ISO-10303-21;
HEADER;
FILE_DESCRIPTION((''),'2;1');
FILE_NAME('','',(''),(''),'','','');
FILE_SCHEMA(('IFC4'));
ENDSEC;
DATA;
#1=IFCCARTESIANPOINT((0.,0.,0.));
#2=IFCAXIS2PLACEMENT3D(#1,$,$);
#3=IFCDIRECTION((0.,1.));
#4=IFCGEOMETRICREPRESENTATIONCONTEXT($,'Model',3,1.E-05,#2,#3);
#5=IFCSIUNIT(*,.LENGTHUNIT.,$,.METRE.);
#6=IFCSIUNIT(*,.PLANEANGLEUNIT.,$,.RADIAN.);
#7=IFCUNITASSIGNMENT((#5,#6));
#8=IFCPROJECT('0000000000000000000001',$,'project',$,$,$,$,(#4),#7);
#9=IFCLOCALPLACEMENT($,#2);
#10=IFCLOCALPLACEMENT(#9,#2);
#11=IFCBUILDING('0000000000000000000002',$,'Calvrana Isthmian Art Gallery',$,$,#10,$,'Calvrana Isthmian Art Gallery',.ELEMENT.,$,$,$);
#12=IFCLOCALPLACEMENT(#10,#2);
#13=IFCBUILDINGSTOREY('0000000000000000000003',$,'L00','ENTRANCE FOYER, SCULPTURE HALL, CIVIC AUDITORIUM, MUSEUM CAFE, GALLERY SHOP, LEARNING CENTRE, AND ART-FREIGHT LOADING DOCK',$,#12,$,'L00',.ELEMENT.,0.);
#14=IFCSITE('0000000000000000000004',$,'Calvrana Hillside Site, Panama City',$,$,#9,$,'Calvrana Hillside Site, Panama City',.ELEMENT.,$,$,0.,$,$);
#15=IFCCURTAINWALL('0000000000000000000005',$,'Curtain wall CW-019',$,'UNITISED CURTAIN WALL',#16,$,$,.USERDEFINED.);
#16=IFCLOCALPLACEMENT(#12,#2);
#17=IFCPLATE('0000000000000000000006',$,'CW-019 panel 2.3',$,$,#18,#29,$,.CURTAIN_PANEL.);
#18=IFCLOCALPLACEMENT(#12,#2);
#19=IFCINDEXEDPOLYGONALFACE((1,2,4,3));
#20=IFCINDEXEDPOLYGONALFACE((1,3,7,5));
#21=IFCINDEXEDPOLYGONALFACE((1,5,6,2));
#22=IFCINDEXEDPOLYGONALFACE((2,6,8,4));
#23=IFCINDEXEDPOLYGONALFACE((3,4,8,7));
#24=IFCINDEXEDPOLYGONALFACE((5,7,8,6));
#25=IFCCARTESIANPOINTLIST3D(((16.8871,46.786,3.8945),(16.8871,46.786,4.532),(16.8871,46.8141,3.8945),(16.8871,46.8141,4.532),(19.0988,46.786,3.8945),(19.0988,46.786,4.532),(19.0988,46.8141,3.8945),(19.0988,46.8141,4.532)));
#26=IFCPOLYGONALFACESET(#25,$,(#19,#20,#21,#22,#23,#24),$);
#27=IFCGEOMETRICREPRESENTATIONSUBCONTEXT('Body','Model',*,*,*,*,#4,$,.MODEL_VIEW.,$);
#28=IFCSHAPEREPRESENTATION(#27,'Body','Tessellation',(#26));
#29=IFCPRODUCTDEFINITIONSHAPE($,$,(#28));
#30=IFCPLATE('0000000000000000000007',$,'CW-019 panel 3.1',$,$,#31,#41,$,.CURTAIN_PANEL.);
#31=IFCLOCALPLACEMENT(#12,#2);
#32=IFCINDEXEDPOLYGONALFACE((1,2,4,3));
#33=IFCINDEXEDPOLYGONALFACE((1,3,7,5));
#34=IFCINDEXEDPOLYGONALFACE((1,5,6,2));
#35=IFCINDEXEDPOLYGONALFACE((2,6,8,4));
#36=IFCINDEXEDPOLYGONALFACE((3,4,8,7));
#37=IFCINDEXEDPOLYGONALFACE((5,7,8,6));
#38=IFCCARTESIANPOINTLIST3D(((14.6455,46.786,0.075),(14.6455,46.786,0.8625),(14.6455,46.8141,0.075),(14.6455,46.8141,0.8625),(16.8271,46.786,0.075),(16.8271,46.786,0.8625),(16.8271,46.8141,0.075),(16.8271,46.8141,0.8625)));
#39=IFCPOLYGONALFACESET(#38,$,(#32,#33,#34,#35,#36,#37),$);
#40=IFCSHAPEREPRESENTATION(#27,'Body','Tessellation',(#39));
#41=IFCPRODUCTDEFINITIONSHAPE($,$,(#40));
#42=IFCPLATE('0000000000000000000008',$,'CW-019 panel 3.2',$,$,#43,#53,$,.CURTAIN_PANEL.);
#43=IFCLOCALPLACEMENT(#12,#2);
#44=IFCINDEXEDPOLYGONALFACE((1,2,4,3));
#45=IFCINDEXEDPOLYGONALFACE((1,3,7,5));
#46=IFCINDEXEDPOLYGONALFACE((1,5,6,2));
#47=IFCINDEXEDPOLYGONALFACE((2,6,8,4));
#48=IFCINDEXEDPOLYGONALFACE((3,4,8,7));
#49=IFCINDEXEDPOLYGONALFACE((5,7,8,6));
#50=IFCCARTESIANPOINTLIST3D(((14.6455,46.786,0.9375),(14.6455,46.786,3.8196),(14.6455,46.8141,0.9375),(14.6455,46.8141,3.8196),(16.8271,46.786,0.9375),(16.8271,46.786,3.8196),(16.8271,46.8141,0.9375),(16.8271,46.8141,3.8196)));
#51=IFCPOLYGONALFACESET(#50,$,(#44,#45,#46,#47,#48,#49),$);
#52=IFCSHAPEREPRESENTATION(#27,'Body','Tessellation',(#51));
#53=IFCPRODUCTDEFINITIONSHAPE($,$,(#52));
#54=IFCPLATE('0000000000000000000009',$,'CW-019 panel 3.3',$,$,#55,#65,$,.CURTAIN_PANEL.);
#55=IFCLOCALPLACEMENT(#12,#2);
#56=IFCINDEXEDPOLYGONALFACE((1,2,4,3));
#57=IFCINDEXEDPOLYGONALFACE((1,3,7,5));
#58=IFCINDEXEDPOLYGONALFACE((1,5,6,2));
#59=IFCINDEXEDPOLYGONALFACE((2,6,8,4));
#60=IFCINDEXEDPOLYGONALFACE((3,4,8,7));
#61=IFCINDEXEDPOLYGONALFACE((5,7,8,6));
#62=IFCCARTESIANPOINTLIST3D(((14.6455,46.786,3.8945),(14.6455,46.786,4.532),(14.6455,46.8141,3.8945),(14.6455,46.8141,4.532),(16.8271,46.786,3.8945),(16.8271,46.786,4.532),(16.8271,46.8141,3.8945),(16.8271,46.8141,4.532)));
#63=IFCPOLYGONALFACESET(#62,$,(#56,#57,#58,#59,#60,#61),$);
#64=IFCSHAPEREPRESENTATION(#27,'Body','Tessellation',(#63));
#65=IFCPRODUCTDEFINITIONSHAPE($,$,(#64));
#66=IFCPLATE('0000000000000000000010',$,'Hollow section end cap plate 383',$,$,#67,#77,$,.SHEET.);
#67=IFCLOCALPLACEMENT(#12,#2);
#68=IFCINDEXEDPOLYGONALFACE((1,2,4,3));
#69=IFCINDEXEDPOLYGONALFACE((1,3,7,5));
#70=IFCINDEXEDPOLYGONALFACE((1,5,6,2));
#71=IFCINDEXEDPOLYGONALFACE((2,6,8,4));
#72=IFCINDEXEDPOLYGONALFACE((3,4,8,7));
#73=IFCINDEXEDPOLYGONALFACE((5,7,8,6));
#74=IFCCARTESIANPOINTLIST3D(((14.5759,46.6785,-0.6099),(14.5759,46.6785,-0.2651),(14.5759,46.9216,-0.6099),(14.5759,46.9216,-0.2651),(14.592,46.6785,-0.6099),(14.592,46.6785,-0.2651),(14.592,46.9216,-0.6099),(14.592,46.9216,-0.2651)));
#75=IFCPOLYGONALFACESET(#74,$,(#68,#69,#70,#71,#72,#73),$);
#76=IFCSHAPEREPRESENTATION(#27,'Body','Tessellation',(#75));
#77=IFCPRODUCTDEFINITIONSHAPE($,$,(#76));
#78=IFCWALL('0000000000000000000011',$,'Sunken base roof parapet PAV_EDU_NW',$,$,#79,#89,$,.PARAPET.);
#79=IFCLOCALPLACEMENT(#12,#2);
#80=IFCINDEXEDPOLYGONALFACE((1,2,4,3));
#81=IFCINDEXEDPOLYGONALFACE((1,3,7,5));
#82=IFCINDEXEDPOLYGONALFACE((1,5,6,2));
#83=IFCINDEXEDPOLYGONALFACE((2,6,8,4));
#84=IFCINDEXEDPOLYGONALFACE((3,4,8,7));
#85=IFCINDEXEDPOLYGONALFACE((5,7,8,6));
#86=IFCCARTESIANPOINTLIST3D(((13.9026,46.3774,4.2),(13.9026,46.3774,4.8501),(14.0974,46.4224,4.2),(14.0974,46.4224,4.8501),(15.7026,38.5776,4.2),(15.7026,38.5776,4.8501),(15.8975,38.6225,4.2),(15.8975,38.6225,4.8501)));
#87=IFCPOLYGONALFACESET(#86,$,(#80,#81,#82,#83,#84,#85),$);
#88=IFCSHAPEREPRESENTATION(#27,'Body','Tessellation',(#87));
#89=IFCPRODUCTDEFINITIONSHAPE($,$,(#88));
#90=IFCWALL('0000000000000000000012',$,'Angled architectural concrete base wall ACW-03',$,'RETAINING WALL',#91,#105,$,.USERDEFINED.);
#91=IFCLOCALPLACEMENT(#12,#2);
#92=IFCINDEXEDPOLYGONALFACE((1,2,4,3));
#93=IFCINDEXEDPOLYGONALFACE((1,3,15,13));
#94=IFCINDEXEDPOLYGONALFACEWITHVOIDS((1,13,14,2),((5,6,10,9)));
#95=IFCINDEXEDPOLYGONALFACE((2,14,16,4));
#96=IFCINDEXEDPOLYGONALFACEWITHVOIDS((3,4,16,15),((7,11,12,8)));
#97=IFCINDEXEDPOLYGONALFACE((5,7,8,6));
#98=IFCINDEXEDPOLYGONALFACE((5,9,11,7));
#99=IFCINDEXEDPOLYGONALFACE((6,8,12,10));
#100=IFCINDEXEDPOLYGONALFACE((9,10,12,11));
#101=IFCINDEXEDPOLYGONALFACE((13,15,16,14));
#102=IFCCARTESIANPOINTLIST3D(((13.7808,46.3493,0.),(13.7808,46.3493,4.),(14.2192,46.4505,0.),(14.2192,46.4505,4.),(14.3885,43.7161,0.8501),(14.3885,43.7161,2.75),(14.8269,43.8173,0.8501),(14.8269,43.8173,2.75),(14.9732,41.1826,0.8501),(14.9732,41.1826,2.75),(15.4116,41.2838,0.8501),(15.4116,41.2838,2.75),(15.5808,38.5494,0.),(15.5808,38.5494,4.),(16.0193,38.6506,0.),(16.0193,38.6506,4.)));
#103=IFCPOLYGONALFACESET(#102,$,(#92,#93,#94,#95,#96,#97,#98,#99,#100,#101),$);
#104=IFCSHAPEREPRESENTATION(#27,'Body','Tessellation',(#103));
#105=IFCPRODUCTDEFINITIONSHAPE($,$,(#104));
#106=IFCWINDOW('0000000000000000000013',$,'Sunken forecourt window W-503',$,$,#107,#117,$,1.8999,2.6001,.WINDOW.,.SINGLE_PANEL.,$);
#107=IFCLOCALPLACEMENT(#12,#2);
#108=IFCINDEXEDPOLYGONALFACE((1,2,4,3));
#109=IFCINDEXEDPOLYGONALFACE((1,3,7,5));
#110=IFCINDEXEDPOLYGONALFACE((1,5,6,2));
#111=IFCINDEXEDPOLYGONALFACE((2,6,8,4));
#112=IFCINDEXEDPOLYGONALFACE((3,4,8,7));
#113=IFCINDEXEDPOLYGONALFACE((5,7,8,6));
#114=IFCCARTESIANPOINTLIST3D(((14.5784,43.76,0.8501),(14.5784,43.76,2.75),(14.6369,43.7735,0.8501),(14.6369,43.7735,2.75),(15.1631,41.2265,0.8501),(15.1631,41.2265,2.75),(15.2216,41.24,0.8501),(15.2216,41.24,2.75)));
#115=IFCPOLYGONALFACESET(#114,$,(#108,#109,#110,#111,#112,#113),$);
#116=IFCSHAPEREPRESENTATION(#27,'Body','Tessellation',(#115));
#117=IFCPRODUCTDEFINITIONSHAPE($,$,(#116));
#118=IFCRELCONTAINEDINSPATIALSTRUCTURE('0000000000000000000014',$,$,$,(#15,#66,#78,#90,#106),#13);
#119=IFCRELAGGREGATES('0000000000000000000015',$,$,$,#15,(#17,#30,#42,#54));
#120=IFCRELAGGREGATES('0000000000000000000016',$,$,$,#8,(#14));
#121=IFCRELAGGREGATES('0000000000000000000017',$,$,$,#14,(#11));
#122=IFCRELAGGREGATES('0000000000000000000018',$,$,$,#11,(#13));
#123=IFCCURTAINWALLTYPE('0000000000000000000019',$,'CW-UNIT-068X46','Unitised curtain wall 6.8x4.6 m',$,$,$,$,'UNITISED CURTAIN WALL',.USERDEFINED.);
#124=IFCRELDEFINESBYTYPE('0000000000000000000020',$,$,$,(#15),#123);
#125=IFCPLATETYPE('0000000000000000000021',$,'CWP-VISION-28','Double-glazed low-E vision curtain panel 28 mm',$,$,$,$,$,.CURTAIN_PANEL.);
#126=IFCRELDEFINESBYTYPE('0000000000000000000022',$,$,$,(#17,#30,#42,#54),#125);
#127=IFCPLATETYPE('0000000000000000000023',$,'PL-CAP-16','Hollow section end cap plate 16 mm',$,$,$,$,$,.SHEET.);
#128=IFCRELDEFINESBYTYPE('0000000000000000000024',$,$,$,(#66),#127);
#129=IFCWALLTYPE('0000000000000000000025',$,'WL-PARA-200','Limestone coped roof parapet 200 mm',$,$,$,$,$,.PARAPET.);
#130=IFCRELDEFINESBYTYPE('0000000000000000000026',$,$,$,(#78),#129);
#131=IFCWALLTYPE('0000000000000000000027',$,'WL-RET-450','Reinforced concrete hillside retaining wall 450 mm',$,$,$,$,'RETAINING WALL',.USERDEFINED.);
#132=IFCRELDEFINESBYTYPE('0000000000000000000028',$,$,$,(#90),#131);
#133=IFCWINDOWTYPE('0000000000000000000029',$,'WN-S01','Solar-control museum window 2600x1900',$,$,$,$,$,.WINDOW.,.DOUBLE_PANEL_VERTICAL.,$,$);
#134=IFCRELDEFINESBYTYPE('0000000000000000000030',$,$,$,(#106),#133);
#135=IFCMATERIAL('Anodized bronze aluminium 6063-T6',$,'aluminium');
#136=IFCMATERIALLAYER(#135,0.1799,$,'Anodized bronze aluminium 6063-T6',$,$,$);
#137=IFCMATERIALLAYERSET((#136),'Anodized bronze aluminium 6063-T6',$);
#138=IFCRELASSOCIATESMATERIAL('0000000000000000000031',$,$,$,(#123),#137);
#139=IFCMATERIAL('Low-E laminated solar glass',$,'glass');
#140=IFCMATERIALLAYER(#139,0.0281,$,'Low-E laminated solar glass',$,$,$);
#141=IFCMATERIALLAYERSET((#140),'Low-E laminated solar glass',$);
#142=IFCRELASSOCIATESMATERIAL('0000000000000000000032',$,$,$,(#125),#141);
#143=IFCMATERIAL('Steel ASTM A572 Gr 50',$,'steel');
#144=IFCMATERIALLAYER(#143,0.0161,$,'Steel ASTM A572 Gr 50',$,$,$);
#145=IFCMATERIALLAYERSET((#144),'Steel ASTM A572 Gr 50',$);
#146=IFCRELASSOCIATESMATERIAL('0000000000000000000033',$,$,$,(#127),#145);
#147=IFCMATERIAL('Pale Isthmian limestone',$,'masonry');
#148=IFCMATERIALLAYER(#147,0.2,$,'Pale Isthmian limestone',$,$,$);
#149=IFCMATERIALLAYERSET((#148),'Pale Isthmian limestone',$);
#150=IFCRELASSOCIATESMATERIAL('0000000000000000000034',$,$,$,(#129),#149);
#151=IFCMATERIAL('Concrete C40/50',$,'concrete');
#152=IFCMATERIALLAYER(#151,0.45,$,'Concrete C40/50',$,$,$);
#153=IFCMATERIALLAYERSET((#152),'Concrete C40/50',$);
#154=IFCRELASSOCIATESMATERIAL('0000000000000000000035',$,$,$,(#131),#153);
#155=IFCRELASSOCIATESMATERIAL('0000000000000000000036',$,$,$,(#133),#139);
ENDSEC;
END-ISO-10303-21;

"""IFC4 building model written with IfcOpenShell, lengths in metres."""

from ifc_helpers import new_model, si_unit, direction, frame, frame_2d, origin, origin_2d, place, context, subcontext, project, spatial, rectangle, extrude, material, layer, layer_set, type_object, element, fill, aggregate, save


model = new_model("IFC4")

# Units and contexts
model_context = context("Model", 3, precision=1e-05, world=origin(), true_north=direction((0.0, 1.0)))
body_context = subcontext(model_context, "Body", "Model", "MODEL_VIEW")
ifc_project = project(units=[si_unit("LENGTHUNIT", "METRE"), si_unit("PLANEANGLEUNIT", "RADIAN")], contexts=[model_context])

# Site, building, storey
site_placement = place(None, origin())
site = spatial("IfcSite", under=ifc_project, at=site_placement, Name="Calvrana Hillside Site, Panama City", LongName="Calvrana Hillside Site, Panama City", CompositionType="ELEMENT", RefElevation=0.0)
building_placement = place(site_placement, origin())
building = spatial("IfcBuilding", under=site, at=building_placement, Name="Calvrana Isthmian Art Gallery", LongName="Calvrana Isthmian Art Gallery", CompositionType="ELEMENT")
storey_placement = place(building_placement, origin())
storey = spatial("IfcBuildingStorey", under=building, at=storey_placement, Name="L00", Description="ENTRANCE FOYER, SCULPTURE HALL, CIVIC AUDITORIUM, MUSEUM CAFE, GALLERY SHOP, LEARNING CENTRE, AND ART-FREIGHT LOADING DOCK", LongName="L00", CompositionType="ELEMENT", Elevation=0.0)

# Shared definitions
ifc_material_1 = material(Name="Anodized bronze aluminium 6063-T6", Category="aluminium")

# Curtain wall
ifc_layer_1 = layer(ifc_material_1, 0.1799, Name="Anodized bronze aluminium 6063-T6")
ifc_layer_set_1 = layer_set([ifc_layer_1], Name="Anodized bronze aluminium 6063-T6")
curtain_wall_type_1 = type_object("IfcCurtainWallType", Name="CW-UNIT-068X46", Description="Unitised curtain wall 6.8x4.6 m", ElementType="UNITISED CURTAIN WALL", PredefinedType="USERDEFINED", material=ifc_layer_set_1)
curtain_wall_1_placement = place(storey_placement, origin())
curtain_wall_1 = element("IfcCurtainWall", 1, at=curtain_wall_1_placement, inside=storey, type_object=curtain_wall_type_1, Name="Curtain wall CW-019", ObjectType="UNITISED CURTAIN WALL", PredefinedType="USERDEFINED")

# Plates
ifc_material_2 = material(Name="Low-E laminated solar glass", Category="glass")
ifc_layer_2 = layer(ifc_material_2, 0.0281, Name="Low-E laminated solar glass")
ifc_layer_set_2 = layer_set([ifc_layer_2], Name="Low-E laminated solar glass")
plate_type_1 = type_object("IfcPlateType", Name="CWP-VISION-28", Description="Double-glazed low-E vision curtain panel 28 mm", PredefinedType="CURTAIN_PANEL", material=ifc_layer_set_2)
plate_1_placement = place(storey_placement, frame((17.9929, 46.8, 3.8945), z_axis=(0.0, 0.0, 1.0), x_axis=(-1.0, 0.0, 0.0)))
plate_1 = element("IfcPlate", 2, at=plate_1_placement, type_object=plate_type_1, Name="CW-019 panel 2.3", PredefinedType="CURTAIN_PANEL", context=body_context, shape_type="SweptSolid", body=[
    extrude(rectangle(XDim=2.2117, YDim=0.0281, at=origin_2d()), origin(), (0.0, 0.0, 1.0), 0.6375),
])
plate_2_placement = place(storey_placement, frame((15.7363, 46.8, 0.075), z_axis=(0.0, 0.0, 1.0), x_axis=(-1.0, 0.0, 0.0)))
plate_2 = element("IfcPlate", 3, at=plate_2_placement, type_object=plate_type_1, Name="CW-019 panel 3.1", PredefinedType="CURTAIN_PANEL", context=body_context, shape_type="SweptSolid", body=[
    extrude(rectangle(XDim=2.1816, YDim=0.0281, at=origin_2d()), origin(), (0.0, 0.0, 1.0), 0.7876),
])
plate_3_placement = place(storey_placement, frame((15.7363, 46.8, 0.9375), z_axis=(0.0, 0.0, 1.0), x_axis=(-1.0, 0.0, 0.0)))
plate_3 = element("IfcPlate", 4, at=plate_3_placement, type_object=plate_type_1, Name="CW-019 panel 3.2", PredefinedType="CURTAIN_PANEL", context=body_context, shape_type="SweptSolid", body=[
    extrude(rectangle(XDim=2.1816, YDim=0.0281, at=origin_2d()), origin(), (0.0, 0.0, 1.0), 2.8821),
])
plate_4_placement = place(storey_placement, frame((15.7363, 46.8, 3.8945), z_axis=(0.0, 0.0, 1.0), x_axis=(-1.0, 0.0, 0.0)))
plate_4 = element("IfcPlate", 5, at=plate_4_placement, type_object=plate_type_1, Name="CW-019 panel 3.3", PredefinedType="CURTAIN_PANEL", context=body_context, shape_type="SweptSolid", body=[
    extrude(rectangle(XDim=2.1816, YDim=0.0281, at=origin_2d()), origin(), (0.0, 0.0, 1.0), 0.6375),
])
aggregate(curtain_wall_1, [plate_1, plate_2, plate_3, plate_4])
ifc_material_3 = material(Name="Steel ASTM A572 Gr 50", Category="steel")
ifc_layer_3 = layer(ifc_material_3, 0.0161, Name="Steel ASTM A572 Gr 50")
ifc_layer_set_3 = layer_set([ifc_layer_3], Name="Steel ASTM A572 Gr 50")
plate_type_2 = type_object("IfcPlateType", Name="PL-CAP-16", Description="Hollow section end cap plate 16 mm", PredefinedType="SHEET", material=ifc_layer_set_3)
plate_5_placement = place(storey_placement, frame((14.584, 46.8, -0.6099), z_axis=(0.0, 0.0, 1.0), x_axis=(1.0, 0.0, 0.0)))
element("IfcPlate", 6, at=plate_5_placement, inside=storey, type_object=plate_type_2, Name="Hollow section end cap plate 383", PredefinedType="SHEET", context=body_context, shape_type="SweptSolid", body=[
    extrude(rectangle(XDim=0.0161, YDim=0.2432, at=origin_2d()), origin(), (0.0, 0.0, 1.0), 0.3447),
])

# Wall
ifc_material_4 = material(Name="Pale Isthmian limestone", Category="masonry")
ifc_layer_4 = layer(ifc_material_4, 0.2, Name="Pale Isthmian limestone")
ifc_layer_set_4 = layer_set([ifc_layer_4], Name="Pale Isthmian limestone")
wall_type_1 = type_object("IfcWallType", Name="WL-PARA-200", Description="Limestone coped roof parapet 200 mm", PredefinedType="PARAPET", material=ifc_layer_set_4)
wall_1_placement = place(storey_placement, frame((14.0, 46.3999, 4.2), z_axis=(0.0, 0.0, 1.0), x_axis=(0.224871, -0.974389, 0.0)))
element("IfcWall", 7, at=wall_1_placement, inside=storey, type_object=wall_type_1, Name="Sunken base roof parapet PAV_EDU_NW", PredefinedType="PARAPET", context=body_context, shape_type="SweptSolid", body=[
    extrude(rectangle(XDim=8.0049, YDim=0.2, at=frame_2d((4.0024, 0.0))), origin(), (0.0, 0.0, 1.0), 0.6501),
])

# Wall, opening, window
ifc_material_5 = material(Name="Concrete C40/50", Category="concrete")
ifc_layer_5 = layer(ifc_material_5, 0.45, Name="Concrete C40/50")
ifc_layer_set_5 = layer_set([ifc_layer_5], Name="Concrete C40/50")
wall_type_2 = type_object("IfcWallType", Name="WL-RET-450", Description="Reinforced concrete hillside retaining wall 450 mm", ElementType="RETAINING WALL", PredefinedType="USERDEFINED", material=ifc_layer_set_5)
wall_2_placement = place(storey_placement, frame((14.0, 46.3999, 0.0), z_axis=(0.0, 0.0, 1.0), x_axis=(0.224871, -0.974389, 0.0)))
wall_2 = element("IfcWall", 8, at=wall_2_placement, inside=storey, type_object=wall_type_2, Name="Angled architectural concrete base wall ACW-03", ObjectType="RETAINING WALL", PredefinedType="USERDEFINED", context=body_context, shape_type="SweptSolid", body=[
    extrude(rectangle(XDim=8.0049, YDim=0.45, at=frame_2d((4.0024, 0.0))), origin(), (0.0, 0.0, 1.0), 4.0),
])
opening_placement = place(wall_2_placement, frame((2.7024, 0.0, 0.8501)))
opening = element("IfcOpeningElement", 9, at=opening_placement, cuts=wall_2, PredefinedType="OPENING", context=body_context, shape_type="SweptSolid", body=[
    extrude(rectangle(XDim=2.6001, YDim=1.8999, at=frame_2d((1.3, 0.95))), frame((0.0, 0.2354, 0.0), z_axis=(0.0, -1.0, 0.0), x_axis=(1.0, 0.0, 0.0)), (0.0, 0.0, 1.0), 0.4705),
])
window_type = type_object("IfcWindowType", Name="WN-S01", Description="Solar-control museum window 2600x1900", PartitioningType="DOUBLE_PANEL_VERTICAL", PredefinedType="WINDOW", material=ifc_material_2)
window_placement = place(opening_placement, origin())
window = element("IfcWindow", 10, at=window_placement, inside=storey, type_object=window_type, Name="Sunken forecourt window W-503", OverallHeight=1.8999, OverallWidth=2.6001, PartitioningType="SINGLE_PANEL", PredefinedType="WINDOW", context=body_context, shape_type="SweptSolid", body=[
    extrude(rectangle(XDim=2.6001, YDim=1.8999, at=frame_2d((1.3, 0.95))), frame((0.0, 0.03, 0.0), z_axis=(0.0, -1.0, 0.0), x_axis=(1.0, 0.0, 0.0)), (0.0, 0.0, 1.0), 0.0601),
])
fill(opening, window)

save(model, "model.ifc")
